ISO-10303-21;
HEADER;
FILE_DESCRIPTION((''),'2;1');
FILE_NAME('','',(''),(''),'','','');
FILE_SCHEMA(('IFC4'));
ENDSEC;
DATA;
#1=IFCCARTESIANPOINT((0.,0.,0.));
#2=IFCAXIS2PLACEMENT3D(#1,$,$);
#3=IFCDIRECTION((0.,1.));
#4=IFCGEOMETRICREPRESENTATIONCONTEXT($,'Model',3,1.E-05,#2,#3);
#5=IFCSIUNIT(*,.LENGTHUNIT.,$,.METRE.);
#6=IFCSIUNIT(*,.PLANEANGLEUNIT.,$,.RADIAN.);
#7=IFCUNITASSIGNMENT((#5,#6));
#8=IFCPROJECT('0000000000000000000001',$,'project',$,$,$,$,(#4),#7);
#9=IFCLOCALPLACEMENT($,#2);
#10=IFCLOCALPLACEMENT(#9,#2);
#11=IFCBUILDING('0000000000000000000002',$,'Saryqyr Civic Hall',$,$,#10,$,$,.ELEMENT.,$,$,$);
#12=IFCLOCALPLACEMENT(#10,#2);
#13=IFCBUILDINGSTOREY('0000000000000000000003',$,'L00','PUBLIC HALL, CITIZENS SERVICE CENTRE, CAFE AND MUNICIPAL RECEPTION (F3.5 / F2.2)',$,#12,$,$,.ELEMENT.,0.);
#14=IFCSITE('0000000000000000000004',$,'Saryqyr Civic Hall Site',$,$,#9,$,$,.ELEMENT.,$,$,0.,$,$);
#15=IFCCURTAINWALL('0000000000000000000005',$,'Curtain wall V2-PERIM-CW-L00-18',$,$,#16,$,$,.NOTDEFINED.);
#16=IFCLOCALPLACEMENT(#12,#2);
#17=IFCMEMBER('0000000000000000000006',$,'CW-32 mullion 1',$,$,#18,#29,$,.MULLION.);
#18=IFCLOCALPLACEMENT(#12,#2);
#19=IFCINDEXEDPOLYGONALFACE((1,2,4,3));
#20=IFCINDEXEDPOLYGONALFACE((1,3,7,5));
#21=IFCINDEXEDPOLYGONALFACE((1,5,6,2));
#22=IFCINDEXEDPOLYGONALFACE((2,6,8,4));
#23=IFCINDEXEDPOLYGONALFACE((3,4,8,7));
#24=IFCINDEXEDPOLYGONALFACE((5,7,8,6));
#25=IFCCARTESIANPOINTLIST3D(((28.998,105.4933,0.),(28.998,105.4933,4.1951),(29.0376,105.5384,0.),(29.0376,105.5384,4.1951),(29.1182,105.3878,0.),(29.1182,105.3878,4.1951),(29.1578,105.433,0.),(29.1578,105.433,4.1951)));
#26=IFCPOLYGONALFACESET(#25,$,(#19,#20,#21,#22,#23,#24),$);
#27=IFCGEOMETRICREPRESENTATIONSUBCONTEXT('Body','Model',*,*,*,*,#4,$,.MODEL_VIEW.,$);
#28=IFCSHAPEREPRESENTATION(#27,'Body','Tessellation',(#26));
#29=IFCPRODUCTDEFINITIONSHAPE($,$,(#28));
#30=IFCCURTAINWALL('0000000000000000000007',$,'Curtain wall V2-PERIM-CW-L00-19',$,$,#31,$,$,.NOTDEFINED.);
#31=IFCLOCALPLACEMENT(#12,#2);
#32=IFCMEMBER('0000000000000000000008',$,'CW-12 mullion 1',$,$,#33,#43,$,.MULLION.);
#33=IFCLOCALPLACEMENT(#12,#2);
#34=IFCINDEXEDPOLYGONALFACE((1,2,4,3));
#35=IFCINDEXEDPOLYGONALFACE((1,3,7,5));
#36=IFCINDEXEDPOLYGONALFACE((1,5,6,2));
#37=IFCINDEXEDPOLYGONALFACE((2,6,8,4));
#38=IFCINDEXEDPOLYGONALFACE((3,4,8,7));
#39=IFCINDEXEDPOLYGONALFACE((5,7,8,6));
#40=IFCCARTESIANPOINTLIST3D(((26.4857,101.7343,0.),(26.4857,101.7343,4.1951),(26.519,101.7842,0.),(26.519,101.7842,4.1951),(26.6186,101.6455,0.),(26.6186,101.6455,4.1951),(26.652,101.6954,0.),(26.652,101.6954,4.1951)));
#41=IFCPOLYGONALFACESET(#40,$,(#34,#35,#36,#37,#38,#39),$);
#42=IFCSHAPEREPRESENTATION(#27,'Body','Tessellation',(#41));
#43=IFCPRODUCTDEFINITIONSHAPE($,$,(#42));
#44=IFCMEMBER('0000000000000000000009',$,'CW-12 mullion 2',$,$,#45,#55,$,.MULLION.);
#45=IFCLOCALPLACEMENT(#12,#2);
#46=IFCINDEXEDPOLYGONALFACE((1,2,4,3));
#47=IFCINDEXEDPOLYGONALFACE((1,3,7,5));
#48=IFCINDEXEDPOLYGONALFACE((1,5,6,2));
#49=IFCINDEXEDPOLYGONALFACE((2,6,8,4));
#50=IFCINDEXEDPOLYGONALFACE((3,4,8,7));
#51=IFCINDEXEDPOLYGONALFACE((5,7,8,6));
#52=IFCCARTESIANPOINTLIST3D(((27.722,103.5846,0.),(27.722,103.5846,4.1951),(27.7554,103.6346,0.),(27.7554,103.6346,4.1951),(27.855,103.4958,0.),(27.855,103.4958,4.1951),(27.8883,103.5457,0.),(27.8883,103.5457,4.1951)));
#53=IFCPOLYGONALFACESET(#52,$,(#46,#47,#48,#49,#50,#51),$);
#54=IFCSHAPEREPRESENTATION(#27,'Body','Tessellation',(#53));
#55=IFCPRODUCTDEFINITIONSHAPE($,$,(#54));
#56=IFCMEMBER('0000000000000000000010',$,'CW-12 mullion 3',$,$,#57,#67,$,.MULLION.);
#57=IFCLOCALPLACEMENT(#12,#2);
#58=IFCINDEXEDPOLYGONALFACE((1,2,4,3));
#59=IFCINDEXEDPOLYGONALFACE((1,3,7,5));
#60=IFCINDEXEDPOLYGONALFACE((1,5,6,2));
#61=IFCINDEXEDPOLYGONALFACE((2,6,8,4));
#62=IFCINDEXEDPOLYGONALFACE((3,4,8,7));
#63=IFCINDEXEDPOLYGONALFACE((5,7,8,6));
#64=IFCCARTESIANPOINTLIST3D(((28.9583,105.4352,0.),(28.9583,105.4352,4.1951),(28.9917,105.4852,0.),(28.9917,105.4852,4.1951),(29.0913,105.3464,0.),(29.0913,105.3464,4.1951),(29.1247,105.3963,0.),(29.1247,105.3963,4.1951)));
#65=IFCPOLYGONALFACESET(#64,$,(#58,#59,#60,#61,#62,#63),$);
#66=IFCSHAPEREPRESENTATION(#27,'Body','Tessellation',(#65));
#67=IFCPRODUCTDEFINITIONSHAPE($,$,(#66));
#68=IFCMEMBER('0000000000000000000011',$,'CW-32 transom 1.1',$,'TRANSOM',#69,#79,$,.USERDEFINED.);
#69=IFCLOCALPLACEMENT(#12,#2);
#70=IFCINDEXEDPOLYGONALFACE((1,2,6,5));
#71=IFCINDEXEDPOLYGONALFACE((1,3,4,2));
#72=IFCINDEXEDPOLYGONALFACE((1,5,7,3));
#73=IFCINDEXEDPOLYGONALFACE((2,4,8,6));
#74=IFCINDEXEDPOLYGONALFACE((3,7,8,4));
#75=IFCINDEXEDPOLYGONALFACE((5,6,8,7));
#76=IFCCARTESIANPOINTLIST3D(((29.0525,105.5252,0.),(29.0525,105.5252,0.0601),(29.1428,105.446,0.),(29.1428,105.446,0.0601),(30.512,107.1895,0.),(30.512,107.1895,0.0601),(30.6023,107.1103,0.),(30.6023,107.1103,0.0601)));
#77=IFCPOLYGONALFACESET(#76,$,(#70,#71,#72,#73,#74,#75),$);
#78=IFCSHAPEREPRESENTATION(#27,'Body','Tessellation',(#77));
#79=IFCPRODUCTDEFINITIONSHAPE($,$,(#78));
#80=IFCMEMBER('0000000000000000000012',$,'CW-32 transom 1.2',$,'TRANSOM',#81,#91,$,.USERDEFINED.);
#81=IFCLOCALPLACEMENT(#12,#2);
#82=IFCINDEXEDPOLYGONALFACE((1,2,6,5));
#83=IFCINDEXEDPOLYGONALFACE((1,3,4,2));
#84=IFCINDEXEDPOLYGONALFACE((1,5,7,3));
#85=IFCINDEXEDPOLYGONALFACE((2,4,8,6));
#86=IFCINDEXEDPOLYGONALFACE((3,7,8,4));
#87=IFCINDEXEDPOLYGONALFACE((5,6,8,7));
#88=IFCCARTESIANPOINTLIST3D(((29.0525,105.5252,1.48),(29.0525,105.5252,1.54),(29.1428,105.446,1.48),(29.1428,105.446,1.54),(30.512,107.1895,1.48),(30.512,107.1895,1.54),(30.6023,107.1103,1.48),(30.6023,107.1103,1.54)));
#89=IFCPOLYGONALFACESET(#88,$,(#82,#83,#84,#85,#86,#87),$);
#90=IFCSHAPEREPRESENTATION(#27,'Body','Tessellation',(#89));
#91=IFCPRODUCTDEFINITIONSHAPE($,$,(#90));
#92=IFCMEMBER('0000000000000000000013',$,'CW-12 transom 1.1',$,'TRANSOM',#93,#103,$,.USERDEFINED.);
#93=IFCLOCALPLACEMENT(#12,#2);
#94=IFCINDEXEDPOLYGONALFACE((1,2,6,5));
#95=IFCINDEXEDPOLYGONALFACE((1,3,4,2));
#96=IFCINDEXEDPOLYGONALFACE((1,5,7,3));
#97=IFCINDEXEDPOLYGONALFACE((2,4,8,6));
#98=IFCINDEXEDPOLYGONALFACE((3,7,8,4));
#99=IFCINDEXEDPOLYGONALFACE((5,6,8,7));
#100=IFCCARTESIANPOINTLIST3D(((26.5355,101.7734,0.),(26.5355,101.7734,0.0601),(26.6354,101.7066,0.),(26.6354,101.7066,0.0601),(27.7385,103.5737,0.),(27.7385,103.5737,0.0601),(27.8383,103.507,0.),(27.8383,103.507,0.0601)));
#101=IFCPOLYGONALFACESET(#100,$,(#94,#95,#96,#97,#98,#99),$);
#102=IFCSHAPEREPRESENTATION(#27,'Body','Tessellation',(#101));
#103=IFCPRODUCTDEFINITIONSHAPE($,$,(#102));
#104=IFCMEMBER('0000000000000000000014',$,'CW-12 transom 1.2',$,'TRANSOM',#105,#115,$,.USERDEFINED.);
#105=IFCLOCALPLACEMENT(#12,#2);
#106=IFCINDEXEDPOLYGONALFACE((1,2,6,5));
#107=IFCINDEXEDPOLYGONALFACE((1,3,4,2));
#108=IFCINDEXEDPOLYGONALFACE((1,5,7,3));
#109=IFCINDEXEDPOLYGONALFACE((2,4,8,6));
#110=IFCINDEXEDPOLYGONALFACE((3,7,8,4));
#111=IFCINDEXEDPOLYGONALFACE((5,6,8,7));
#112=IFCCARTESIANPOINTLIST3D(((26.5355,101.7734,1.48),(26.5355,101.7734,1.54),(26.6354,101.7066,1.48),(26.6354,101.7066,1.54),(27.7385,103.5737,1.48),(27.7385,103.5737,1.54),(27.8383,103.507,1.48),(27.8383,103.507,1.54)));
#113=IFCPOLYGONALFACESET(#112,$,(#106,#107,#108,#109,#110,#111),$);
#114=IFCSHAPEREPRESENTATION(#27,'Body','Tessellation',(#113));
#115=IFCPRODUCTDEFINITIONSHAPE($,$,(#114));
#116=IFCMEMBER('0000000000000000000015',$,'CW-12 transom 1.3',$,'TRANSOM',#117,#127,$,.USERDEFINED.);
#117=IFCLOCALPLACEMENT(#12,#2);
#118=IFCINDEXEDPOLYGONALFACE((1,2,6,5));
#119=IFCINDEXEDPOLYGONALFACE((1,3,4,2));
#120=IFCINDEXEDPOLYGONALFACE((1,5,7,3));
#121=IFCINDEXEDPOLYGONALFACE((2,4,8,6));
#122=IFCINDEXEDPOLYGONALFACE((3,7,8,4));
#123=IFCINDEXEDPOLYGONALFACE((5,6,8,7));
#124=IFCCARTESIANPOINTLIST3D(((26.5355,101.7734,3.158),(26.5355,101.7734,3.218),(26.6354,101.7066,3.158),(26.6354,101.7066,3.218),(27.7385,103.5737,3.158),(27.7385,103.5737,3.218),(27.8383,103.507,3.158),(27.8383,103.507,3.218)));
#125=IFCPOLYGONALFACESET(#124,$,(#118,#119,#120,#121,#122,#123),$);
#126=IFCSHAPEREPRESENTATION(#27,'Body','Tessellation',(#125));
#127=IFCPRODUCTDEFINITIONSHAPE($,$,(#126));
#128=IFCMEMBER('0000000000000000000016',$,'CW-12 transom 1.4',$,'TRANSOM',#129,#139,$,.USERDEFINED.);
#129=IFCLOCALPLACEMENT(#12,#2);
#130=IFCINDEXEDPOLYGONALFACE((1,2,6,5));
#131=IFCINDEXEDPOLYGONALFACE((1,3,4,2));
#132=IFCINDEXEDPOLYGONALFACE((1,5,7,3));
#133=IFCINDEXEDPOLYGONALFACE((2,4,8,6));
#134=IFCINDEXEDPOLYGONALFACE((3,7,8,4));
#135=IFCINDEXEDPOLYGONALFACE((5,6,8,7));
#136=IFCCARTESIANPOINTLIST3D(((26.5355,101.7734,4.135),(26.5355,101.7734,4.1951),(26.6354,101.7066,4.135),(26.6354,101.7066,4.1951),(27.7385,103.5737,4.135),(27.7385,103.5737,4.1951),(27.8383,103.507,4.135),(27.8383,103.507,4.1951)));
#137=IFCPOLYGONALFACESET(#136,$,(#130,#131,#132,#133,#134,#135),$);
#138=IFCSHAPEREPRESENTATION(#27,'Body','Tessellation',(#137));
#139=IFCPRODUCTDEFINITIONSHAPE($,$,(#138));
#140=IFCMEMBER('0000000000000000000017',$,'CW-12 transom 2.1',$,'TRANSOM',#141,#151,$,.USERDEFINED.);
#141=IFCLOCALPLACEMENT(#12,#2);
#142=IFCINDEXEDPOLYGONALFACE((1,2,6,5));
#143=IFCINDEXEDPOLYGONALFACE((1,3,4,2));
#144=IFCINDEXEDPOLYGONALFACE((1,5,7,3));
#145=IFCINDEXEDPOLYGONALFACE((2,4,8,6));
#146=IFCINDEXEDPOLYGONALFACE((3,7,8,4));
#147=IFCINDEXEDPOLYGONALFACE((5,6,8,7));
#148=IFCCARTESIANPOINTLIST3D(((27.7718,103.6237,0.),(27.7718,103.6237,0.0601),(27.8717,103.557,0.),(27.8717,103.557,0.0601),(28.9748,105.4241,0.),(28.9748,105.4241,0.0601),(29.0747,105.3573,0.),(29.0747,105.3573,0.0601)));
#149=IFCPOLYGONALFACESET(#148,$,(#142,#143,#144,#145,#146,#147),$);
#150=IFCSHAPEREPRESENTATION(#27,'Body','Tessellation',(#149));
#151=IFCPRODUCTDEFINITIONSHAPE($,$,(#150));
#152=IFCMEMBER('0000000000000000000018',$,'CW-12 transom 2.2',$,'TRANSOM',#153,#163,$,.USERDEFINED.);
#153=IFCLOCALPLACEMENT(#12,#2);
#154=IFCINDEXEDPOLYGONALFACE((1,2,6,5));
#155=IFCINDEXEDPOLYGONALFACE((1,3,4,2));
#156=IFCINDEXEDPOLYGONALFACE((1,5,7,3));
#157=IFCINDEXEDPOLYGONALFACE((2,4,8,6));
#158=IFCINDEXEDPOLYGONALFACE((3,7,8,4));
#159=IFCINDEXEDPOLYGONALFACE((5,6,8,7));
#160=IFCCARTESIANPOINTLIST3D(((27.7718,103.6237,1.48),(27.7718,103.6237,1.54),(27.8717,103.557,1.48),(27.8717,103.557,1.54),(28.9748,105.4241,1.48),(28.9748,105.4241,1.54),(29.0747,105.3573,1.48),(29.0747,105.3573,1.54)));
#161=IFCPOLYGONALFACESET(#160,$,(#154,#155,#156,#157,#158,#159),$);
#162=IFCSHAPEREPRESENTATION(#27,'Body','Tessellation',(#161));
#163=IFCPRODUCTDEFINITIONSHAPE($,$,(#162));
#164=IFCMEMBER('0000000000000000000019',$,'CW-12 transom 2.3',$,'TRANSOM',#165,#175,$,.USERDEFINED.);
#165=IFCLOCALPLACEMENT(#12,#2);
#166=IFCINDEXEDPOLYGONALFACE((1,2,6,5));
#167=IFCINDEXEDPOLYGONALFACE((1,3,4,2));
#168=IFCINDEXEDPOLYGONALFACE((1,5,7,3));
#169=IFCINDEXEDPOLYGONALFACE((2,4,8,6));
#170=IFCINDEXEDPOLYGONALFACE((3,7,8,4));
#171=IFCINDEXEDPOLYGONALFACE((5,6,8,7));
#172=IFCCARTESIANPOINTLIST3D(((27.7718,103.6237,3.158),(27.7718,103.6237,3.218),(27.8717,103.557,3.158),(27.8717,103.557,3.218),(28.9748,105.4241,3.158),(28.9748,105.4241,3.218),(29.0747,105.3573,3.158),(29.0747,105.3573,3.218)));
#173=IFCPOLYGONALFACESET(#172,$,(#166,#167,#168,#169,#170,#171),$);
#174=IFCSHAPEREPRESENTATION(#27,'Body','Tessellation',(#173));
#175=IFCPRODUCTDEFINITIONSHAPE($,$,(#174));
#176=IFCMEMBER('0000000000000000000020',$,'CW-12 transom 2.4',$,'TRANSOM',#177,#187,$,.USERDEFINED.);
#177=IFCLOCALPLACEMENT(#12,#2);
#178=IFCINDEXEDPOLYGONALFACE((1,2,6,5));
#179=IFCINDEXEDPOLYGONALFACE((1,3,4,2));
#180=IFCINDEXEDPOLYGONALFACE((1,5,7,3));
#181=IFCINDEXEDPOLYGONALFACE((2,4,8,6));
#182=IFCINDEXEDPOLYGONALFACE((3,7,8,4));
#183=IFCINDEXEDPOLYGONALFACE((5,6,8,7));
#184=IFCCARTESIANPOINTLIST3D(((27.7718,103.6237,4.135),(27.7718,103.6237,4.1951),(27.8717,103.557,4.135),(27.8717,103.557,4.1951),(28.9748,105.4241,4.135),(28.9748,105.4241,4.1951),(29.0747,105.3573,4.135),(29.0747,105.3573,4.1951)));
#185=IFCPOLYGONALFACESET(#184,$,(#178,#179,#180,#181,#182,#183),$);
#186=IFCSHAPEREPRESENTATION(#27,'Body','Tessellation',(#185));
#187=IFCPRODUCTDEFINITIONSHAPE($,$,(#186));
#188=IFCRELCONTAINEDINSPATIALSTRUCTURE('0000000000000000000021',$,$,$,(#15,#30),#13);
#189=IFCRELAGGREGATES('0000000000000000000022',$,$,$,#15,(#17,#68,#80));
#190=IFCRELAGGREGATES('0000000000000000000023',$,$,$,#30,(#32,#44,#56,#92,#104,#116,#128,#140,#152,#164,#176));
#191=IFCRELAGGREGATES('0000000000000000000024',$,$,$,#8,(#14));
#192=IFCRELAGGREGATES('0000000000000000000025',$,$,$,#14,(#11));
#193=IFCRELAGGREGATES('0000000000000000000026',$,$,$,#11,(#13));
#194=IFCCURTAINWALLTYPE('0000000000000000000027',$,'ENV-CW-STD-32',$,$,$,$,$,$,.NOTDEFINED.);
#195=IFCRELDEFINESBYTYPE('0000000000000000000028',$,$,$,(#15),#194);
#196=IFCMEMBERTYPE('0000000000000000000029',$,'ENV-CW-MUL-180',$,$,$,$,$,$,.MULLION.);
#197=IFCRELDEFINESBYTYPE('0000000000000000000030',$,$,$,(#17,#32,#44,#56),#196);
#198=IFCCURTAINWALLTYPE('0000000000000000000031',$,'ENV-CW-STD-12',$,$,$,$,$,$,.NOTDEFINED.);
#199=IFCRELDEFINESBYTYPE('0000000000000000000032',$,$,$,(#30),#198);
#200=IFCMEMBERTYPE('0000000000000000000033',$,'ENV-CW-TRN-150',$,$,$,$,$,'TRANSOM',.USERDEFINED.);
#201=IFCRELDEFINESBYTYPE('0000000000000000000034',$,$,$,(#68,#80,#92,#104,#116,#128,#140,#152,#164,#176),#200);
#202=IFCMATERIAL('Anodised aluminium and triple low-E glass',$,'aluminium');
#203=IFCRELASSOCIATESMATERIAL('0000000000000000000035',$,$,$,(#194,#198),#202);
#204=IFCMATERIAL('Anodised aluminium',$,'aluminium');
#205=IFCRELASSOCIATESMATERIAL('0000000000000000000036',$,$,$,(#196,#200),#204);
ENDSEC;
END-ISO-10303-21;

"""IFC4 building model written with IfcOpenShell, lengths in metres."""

from ifc_helpers import new_model, si_unit, direction, frame, origin, origin_2d, place, context, subcontext, project, spatial, rectangle, extrude, material, material_profile, profile_set, type_object, element, aggregate, save


model = new_model("IFC4")

# Units and contexts
model_context = context("Model", 3, precision=1e-05, world=origin(), true_north=direction((0.0, 1.0)))
body_context = subcontext(model_context, "Body", "Model", "MODEL_VIEW")
ifc_project = project(units=[si_unit("LENGTHUNIT", "METRE"), si_unit("PLANEANGLEUNIT", "RADIAN")], contexts=[model_context])

# Site, building, storey
site_placement = place(None, origin())
site = spatial("IfcSite", under=ifc_project, at=site_placement, Name="Saryqyr Civic Hall Site", CompositionType="ELEMENT", RefElevation=0.0)
building_placement = place(site_placement, origin())
building = spatial("IfcBuilding", under=site, at=building_placement, Name="Saryqyr Civic Hall", CompositionType="ELEMENT")
storey_placement = place(building_placement, origin())
storey = spatial("IfcBuildingStorey", under=building, at=storey_placement, Name="L00", Description="PUBLIC HALL, CITIZENS SERVICE CENTRE, CAFE AND MUNICIPAL RECEPTION (F3.5 / F2.2)", CompositionType="ELEMENT", Elevation=0.0)

# Curtain wall, member
ifc_material_1 = material(Name="Anodised aluminium and triple low-E glass", Category="aluminium")
curtain_wall_type_1 = type_object("IfcCurtainWallType", Name="ENV-CW-STD-32", PredefinedType="NOTDEFINED", material=ifc_material_1)
curtain_wall_1_placement = place(storey_placement, origin())
curtain_wall_1 = element("IfcCurtainWall", 1, at=curtain_wall_1_placement, inside=storey, type_object=curtain_wall_type_1, Name="Curtain wall V2-PERIM-CW-L00-18", PredefinedType="NOTDEFINED")
ifc_material_2 = material(Name="Anodised aluminium", Category="aluminium")
ifc_material_profile_1 = material_profile(ifc_material_2, rectangle(XDim=0.0601, YDim=0.1599, at=origin_2d()), Name="ALU MULLION 60x160")
ifc_profile_set_1 = profile_set([ifc_material_profile_1], Name="Anodised aluminium")
member_type_1 = type_object("IfcMemberType", Name="ENV-CW-MUL-180", PredefinedType="MULLION", material=ifc_profile_set_1)
member_1_placement = place(storey_placement, frame((29.0779, 105.4631, 0.0), z_axis=(0.0, 0.0, 1.0), x_axis=(0.659348, 0.751838, 0.0)))
member_1 = element("IfcMember", 2, at=member_1_placement, type_object=member_type_1, Name="CW-32 mullion 1", PredefinedType="MULLION", context=body_context, shape_type="SweptSolid", body=[
    extrude(rectangle(XDim=0.0601, YDim=0.1599, at=origin_2d()), origin(), (0.0, 0.0, 1.0), 4.1951),
])

# Curtain wall, members
curtain_wall_type_2 = type_object("IfcCurtainWallType", Name="ENV-CW-STD-12", PredefinedType="NOTDEFINED", material=ifc_material_1)
curtain_wall_2_placement = place(storey_placement, origin())
curtain_wall_2 = element("IfcCurtainWall", 3, at=curtain_wall_2_placement, inside=storey, type_object=curtain_wall_type_2, Name="Curtain wall V2-PERIM-CW-L00-19", PredefinedType="NOTDEFINED")
member_2_placement = place(storey_placement, frame((26.5688, 101.7148, 0.0), z_axis=(0.0, 0.0, 1.0), x_axis=(0.555559, 0.831477, 0.0)))
member_2 = element("IfcMember", 4, at=member_2_placement, type_object=member_type_1, Name="CW-12 mullion 1", PredefinedType="MULLION", context=body_context, shape_type="SweptSolid", body=[
    extrude(rectangle(XDim=0.0601, YDim=0.1599, at=origin_2d()), origin(), (0.0, 0.0, 1.0), 4.1951),
])
member_3_placement = place(storey_placement, frame((27.8052, 103.5652, 0.0), z_axis=(0.0, 0.0, 1.0), x_axis=(0.555559, 0.831477, 0.0)))
member_3 = element("IfcMember", 5, at=member_3_placement, type_object=member_type_1, Name="CW-12 mullion 2", PredefinedType="MULLION", context=body_context, shape_type="SweptSolid", body=[
    extrude(rectangle(XDim=0.0601, YDim=0.1599, at=origin_2d()), origin(), (0.0, 0.0, 1.0), 4.1951),
])
member_4_placement = place(storey_placement, frame((29.0415, 105.4158, 0.0), z_axis=(0.0, 0.0, 1.0), x_axis=(0.555559, 0.831477, 0.0)))
member_4 = element("IfcMember", 6, at=member_4_placement, type_object=member_type_1, Name="CW-12 mullion 3", PredefinedType="MULLION", context=body_context, shape_type="SweptSolid", body=[
    extrude(rectangle(XDim=0.0601, YDim=0.1599, at=origin_2d()), origin(), (0.0, 0.0, 1.0), 4.1951),
])

# Members
ifc_material_profile_2 = material_profile(ifc_material_2, rectangle(XDim=0.1201, YDim=0.0601, at=origin_2d()), Name="ALU TRANSOM 120x60")
ifc_profile_set_2 = profile_set([ifc_material_profile_2], Name="Anodised aluminium")
member_type_2 = type_object("IfcMemberType", Name="ENV-CW-TRN-150", ElementType="TRANSOM", PredefinedType="USERDEFINED", material=ifc_profile_set_2)
member_5_placement = place(storey_placement, frame((29.0977, 105.4856, 0.03), z_axis=(0.659324, 0.751859, 0.0), x_axis=(-0.751859, 0.659324, 0.0)))
member_5 = element("IfcMember", 7, at=member_5_placement, type_object=member_type_2, Name="CW-32 transom 1.1", ObjectType="TRANSOM", PredefinedType="USERDEFINED", context=body_context, shape_type="SweptSolid", body=[
    extrude(rectangle(XDim=0.1201, YDim=0.0601, at=origin_2d()), origin(), (0.0, 0.0, 1.0), 2.2136),
])
member_6_placement = place(storey_placement, frame((29.0977, 105.4856, 1.51), z_axis=(0.659324, 0.751859, 0.0), x_axis=(-0.751859, 0.659324, 0.0)))
member_6 = element("IfcMember", 8, at=member_6_placement, type_object=member_type_2, Name="CW-32 transom 1.2", ObjectType="TRANSOM", PredefinedType="USERDEFINED", context=body_context, shape_type="SweptSolid", body=[
    extrude(rectangle(XDim=0.1201, YDim=0.0601, at=origin_2d()), origin(), (0.0, 0.0, 1.0), 2.2136),
])
aggregate(curtain_wall_1, [member_1, member_5, member_6])
member_7_placement = place(storey_placement, frame((26.5854, 101.74, 0.03), z_axis=(0.555559, 0.831477, 0.0), x_axis=(-0.831477, 0.555559, 0.0)))
member_7 = element("IfcMember", 9, at=member_7_placement, type_object=member_type_2, Name="CW-12 transom 1.1", ObjectType="TRANSOM", PredefinedType="USERDEFINED", context=body_context, shape_type="SweptSolid", body=[
    extrude(rectangle(XDim=0.1201, YDim=0.0601, at=origin_2d()), origin(), (0.0, 0.0, 1.0), 2.1653),
])
member_8_placement = place(storey_placement, frame((26.5854, 101.74, 1.51), z_axis=(0.555559, 0.831477, 0.0), x_axis=(-0.831477, 0.555559, 0.0)))
member_8 = element("IfcMember", 10, at=member_8_placement, type_object=member_type_2, Name="CW-12 transom 1.2", ObjectType="TRANSOM", PredefinedType="USERDEFINED", context=body_context, shape_type="SweptSolid", body=[
    extrude(rectangle(XDim=0.1201, YDim=0.0601, at=origin_2d()), origin(), (0.0, 0.0, 1.0), 2.1653),
])
member_9_placement = place(storey_placement, frame((26.5854, 101.74, 3.188), z_axis=(0.555559, 0.831477, 0.0), x_axis=(-0.831477, 0.555559, 0.0)))
member_9 = element("IfcMember", 11, at=member_9_placement, type_object=member_type_2, Name="CW-12 transom 1.3", ObjectType="TRANSOM", PredefinedType="USERDEFINED", context=body_context, shape_type="SweptSolid", body=[
    extrude(rectangle(XDim=0.1201, YDim=0.0601, at=origin_2d()), origin(), (0.0, 0.0, 1.0), 2.1653),
])
member_10_placement = place(storey_placement, frame((26.5854, 101.74, 4.165), z_axis=(0.555559, 0.831477, 0.0), x_axis=(-0.831477, 0.555559, 0.0)))
member_10 = element("IfcMember", 12, at=member_10_placement, type_object=member_type_2, Name="CW-12 transom 1.4", ObjectType="TRANSOM", PredefinedType="USERDEFINED", context=body_context, shape_type="SweptSolid", body=[
    extrude(rectangle(XDim=0.1201, YDim=0.0601, at=origin_2d()), origin(), (0.0, 0.0, 1.0), 2.1653),
])
member_11_placement = place(storey_placement, frame((27.8218, 103.5903, 0.03), z_axis=(0.555559, 0.831477, 0.0), x_axis=(-0.831477, 0.555559, 0.0)))
member_11 = element("IfcMember", 13, at=member_11_placement, type_object=member_type_2, Name="CW-12 transom 2.1", ObjectType="TRANSOM", PredefinedType="USERDEFINED", context=body_context, shape_type="SweptSolid", body=[
    extrude(rectangle(XDim=0.1201, YDim=0.0601, at=origin_2d()), origin(), (0.0, 0.0, 1.0), 2.1653),
])
member_12_placement = place(storey_placement, frame((27.8218, 103.5903, 1.51), z_axis=(0.555559, 0.831477, 0.0), x_axis=(-0.831477, 0.555559, 0.0)))
member_12 = element("IfcMember", 14, at=member_12_placement, type_object=member_type_2, Name="CW-12 transom 2.2", ObjectType="TRANSOM", PredefinedType="USERDEFINED", context=body_context, shape_type="SweptSolid", body=[
    extrude(rectangle(XDim=0.1201, YDim=0.0601, at=origin_2d()), origin(), (0.0, 0.0, 1.0), 2.1653),
])
member_13_placement = place(storey_placement, frame((27.8218, 103.5903, 3.188), z_axis=(0.555559, 0.831477, 0.0), x_axis=(-0.831477, 0.555559, 0.0)))
member_13 = element("IfcMember", 15, at=member_13_placement, type_object=member_type_2, Name="CW-12 transom 2.3", ObjectType="TRANSOM", PredefinedType="USERDEFINED", context=body_context, shape_type="SweptSolid", body=[
    extrude(rectangle(XDim=0.1201, YDim=0.0601, at=origin_2d()), origin(), (0.0, 0.0, 1.0), 2.1653),
])
member_14_placement = place(storey_placement, frame((27.8218, 103.5903, 4.165), z_axis=(0.555559, 0.831477, 0.0), x_axis=(-0.831477, 0.555559, 0.0)))
member_14 = element("IfcMember", 16, at=member_14_placement, type_object=member_type_2, Name="CW-12 transom 2.4", ObjectType="TRANSOM", PredefinedType="USERDEFINED", context=body_context, shape_type="SweptSolid", body=[
    extrude(rectangle(XDim=0.1201, YDim=0.0601, at=origin_2d()), origin(), (0.0, 0.0, 1.0), 2.1653),
])

aggregate(curtain_wall_2, [member_2, member_3, member_4, member_7, member_8, member_9, member_10, member_11, member_12, member_13, member_14])

save(model, "model.ifc")
